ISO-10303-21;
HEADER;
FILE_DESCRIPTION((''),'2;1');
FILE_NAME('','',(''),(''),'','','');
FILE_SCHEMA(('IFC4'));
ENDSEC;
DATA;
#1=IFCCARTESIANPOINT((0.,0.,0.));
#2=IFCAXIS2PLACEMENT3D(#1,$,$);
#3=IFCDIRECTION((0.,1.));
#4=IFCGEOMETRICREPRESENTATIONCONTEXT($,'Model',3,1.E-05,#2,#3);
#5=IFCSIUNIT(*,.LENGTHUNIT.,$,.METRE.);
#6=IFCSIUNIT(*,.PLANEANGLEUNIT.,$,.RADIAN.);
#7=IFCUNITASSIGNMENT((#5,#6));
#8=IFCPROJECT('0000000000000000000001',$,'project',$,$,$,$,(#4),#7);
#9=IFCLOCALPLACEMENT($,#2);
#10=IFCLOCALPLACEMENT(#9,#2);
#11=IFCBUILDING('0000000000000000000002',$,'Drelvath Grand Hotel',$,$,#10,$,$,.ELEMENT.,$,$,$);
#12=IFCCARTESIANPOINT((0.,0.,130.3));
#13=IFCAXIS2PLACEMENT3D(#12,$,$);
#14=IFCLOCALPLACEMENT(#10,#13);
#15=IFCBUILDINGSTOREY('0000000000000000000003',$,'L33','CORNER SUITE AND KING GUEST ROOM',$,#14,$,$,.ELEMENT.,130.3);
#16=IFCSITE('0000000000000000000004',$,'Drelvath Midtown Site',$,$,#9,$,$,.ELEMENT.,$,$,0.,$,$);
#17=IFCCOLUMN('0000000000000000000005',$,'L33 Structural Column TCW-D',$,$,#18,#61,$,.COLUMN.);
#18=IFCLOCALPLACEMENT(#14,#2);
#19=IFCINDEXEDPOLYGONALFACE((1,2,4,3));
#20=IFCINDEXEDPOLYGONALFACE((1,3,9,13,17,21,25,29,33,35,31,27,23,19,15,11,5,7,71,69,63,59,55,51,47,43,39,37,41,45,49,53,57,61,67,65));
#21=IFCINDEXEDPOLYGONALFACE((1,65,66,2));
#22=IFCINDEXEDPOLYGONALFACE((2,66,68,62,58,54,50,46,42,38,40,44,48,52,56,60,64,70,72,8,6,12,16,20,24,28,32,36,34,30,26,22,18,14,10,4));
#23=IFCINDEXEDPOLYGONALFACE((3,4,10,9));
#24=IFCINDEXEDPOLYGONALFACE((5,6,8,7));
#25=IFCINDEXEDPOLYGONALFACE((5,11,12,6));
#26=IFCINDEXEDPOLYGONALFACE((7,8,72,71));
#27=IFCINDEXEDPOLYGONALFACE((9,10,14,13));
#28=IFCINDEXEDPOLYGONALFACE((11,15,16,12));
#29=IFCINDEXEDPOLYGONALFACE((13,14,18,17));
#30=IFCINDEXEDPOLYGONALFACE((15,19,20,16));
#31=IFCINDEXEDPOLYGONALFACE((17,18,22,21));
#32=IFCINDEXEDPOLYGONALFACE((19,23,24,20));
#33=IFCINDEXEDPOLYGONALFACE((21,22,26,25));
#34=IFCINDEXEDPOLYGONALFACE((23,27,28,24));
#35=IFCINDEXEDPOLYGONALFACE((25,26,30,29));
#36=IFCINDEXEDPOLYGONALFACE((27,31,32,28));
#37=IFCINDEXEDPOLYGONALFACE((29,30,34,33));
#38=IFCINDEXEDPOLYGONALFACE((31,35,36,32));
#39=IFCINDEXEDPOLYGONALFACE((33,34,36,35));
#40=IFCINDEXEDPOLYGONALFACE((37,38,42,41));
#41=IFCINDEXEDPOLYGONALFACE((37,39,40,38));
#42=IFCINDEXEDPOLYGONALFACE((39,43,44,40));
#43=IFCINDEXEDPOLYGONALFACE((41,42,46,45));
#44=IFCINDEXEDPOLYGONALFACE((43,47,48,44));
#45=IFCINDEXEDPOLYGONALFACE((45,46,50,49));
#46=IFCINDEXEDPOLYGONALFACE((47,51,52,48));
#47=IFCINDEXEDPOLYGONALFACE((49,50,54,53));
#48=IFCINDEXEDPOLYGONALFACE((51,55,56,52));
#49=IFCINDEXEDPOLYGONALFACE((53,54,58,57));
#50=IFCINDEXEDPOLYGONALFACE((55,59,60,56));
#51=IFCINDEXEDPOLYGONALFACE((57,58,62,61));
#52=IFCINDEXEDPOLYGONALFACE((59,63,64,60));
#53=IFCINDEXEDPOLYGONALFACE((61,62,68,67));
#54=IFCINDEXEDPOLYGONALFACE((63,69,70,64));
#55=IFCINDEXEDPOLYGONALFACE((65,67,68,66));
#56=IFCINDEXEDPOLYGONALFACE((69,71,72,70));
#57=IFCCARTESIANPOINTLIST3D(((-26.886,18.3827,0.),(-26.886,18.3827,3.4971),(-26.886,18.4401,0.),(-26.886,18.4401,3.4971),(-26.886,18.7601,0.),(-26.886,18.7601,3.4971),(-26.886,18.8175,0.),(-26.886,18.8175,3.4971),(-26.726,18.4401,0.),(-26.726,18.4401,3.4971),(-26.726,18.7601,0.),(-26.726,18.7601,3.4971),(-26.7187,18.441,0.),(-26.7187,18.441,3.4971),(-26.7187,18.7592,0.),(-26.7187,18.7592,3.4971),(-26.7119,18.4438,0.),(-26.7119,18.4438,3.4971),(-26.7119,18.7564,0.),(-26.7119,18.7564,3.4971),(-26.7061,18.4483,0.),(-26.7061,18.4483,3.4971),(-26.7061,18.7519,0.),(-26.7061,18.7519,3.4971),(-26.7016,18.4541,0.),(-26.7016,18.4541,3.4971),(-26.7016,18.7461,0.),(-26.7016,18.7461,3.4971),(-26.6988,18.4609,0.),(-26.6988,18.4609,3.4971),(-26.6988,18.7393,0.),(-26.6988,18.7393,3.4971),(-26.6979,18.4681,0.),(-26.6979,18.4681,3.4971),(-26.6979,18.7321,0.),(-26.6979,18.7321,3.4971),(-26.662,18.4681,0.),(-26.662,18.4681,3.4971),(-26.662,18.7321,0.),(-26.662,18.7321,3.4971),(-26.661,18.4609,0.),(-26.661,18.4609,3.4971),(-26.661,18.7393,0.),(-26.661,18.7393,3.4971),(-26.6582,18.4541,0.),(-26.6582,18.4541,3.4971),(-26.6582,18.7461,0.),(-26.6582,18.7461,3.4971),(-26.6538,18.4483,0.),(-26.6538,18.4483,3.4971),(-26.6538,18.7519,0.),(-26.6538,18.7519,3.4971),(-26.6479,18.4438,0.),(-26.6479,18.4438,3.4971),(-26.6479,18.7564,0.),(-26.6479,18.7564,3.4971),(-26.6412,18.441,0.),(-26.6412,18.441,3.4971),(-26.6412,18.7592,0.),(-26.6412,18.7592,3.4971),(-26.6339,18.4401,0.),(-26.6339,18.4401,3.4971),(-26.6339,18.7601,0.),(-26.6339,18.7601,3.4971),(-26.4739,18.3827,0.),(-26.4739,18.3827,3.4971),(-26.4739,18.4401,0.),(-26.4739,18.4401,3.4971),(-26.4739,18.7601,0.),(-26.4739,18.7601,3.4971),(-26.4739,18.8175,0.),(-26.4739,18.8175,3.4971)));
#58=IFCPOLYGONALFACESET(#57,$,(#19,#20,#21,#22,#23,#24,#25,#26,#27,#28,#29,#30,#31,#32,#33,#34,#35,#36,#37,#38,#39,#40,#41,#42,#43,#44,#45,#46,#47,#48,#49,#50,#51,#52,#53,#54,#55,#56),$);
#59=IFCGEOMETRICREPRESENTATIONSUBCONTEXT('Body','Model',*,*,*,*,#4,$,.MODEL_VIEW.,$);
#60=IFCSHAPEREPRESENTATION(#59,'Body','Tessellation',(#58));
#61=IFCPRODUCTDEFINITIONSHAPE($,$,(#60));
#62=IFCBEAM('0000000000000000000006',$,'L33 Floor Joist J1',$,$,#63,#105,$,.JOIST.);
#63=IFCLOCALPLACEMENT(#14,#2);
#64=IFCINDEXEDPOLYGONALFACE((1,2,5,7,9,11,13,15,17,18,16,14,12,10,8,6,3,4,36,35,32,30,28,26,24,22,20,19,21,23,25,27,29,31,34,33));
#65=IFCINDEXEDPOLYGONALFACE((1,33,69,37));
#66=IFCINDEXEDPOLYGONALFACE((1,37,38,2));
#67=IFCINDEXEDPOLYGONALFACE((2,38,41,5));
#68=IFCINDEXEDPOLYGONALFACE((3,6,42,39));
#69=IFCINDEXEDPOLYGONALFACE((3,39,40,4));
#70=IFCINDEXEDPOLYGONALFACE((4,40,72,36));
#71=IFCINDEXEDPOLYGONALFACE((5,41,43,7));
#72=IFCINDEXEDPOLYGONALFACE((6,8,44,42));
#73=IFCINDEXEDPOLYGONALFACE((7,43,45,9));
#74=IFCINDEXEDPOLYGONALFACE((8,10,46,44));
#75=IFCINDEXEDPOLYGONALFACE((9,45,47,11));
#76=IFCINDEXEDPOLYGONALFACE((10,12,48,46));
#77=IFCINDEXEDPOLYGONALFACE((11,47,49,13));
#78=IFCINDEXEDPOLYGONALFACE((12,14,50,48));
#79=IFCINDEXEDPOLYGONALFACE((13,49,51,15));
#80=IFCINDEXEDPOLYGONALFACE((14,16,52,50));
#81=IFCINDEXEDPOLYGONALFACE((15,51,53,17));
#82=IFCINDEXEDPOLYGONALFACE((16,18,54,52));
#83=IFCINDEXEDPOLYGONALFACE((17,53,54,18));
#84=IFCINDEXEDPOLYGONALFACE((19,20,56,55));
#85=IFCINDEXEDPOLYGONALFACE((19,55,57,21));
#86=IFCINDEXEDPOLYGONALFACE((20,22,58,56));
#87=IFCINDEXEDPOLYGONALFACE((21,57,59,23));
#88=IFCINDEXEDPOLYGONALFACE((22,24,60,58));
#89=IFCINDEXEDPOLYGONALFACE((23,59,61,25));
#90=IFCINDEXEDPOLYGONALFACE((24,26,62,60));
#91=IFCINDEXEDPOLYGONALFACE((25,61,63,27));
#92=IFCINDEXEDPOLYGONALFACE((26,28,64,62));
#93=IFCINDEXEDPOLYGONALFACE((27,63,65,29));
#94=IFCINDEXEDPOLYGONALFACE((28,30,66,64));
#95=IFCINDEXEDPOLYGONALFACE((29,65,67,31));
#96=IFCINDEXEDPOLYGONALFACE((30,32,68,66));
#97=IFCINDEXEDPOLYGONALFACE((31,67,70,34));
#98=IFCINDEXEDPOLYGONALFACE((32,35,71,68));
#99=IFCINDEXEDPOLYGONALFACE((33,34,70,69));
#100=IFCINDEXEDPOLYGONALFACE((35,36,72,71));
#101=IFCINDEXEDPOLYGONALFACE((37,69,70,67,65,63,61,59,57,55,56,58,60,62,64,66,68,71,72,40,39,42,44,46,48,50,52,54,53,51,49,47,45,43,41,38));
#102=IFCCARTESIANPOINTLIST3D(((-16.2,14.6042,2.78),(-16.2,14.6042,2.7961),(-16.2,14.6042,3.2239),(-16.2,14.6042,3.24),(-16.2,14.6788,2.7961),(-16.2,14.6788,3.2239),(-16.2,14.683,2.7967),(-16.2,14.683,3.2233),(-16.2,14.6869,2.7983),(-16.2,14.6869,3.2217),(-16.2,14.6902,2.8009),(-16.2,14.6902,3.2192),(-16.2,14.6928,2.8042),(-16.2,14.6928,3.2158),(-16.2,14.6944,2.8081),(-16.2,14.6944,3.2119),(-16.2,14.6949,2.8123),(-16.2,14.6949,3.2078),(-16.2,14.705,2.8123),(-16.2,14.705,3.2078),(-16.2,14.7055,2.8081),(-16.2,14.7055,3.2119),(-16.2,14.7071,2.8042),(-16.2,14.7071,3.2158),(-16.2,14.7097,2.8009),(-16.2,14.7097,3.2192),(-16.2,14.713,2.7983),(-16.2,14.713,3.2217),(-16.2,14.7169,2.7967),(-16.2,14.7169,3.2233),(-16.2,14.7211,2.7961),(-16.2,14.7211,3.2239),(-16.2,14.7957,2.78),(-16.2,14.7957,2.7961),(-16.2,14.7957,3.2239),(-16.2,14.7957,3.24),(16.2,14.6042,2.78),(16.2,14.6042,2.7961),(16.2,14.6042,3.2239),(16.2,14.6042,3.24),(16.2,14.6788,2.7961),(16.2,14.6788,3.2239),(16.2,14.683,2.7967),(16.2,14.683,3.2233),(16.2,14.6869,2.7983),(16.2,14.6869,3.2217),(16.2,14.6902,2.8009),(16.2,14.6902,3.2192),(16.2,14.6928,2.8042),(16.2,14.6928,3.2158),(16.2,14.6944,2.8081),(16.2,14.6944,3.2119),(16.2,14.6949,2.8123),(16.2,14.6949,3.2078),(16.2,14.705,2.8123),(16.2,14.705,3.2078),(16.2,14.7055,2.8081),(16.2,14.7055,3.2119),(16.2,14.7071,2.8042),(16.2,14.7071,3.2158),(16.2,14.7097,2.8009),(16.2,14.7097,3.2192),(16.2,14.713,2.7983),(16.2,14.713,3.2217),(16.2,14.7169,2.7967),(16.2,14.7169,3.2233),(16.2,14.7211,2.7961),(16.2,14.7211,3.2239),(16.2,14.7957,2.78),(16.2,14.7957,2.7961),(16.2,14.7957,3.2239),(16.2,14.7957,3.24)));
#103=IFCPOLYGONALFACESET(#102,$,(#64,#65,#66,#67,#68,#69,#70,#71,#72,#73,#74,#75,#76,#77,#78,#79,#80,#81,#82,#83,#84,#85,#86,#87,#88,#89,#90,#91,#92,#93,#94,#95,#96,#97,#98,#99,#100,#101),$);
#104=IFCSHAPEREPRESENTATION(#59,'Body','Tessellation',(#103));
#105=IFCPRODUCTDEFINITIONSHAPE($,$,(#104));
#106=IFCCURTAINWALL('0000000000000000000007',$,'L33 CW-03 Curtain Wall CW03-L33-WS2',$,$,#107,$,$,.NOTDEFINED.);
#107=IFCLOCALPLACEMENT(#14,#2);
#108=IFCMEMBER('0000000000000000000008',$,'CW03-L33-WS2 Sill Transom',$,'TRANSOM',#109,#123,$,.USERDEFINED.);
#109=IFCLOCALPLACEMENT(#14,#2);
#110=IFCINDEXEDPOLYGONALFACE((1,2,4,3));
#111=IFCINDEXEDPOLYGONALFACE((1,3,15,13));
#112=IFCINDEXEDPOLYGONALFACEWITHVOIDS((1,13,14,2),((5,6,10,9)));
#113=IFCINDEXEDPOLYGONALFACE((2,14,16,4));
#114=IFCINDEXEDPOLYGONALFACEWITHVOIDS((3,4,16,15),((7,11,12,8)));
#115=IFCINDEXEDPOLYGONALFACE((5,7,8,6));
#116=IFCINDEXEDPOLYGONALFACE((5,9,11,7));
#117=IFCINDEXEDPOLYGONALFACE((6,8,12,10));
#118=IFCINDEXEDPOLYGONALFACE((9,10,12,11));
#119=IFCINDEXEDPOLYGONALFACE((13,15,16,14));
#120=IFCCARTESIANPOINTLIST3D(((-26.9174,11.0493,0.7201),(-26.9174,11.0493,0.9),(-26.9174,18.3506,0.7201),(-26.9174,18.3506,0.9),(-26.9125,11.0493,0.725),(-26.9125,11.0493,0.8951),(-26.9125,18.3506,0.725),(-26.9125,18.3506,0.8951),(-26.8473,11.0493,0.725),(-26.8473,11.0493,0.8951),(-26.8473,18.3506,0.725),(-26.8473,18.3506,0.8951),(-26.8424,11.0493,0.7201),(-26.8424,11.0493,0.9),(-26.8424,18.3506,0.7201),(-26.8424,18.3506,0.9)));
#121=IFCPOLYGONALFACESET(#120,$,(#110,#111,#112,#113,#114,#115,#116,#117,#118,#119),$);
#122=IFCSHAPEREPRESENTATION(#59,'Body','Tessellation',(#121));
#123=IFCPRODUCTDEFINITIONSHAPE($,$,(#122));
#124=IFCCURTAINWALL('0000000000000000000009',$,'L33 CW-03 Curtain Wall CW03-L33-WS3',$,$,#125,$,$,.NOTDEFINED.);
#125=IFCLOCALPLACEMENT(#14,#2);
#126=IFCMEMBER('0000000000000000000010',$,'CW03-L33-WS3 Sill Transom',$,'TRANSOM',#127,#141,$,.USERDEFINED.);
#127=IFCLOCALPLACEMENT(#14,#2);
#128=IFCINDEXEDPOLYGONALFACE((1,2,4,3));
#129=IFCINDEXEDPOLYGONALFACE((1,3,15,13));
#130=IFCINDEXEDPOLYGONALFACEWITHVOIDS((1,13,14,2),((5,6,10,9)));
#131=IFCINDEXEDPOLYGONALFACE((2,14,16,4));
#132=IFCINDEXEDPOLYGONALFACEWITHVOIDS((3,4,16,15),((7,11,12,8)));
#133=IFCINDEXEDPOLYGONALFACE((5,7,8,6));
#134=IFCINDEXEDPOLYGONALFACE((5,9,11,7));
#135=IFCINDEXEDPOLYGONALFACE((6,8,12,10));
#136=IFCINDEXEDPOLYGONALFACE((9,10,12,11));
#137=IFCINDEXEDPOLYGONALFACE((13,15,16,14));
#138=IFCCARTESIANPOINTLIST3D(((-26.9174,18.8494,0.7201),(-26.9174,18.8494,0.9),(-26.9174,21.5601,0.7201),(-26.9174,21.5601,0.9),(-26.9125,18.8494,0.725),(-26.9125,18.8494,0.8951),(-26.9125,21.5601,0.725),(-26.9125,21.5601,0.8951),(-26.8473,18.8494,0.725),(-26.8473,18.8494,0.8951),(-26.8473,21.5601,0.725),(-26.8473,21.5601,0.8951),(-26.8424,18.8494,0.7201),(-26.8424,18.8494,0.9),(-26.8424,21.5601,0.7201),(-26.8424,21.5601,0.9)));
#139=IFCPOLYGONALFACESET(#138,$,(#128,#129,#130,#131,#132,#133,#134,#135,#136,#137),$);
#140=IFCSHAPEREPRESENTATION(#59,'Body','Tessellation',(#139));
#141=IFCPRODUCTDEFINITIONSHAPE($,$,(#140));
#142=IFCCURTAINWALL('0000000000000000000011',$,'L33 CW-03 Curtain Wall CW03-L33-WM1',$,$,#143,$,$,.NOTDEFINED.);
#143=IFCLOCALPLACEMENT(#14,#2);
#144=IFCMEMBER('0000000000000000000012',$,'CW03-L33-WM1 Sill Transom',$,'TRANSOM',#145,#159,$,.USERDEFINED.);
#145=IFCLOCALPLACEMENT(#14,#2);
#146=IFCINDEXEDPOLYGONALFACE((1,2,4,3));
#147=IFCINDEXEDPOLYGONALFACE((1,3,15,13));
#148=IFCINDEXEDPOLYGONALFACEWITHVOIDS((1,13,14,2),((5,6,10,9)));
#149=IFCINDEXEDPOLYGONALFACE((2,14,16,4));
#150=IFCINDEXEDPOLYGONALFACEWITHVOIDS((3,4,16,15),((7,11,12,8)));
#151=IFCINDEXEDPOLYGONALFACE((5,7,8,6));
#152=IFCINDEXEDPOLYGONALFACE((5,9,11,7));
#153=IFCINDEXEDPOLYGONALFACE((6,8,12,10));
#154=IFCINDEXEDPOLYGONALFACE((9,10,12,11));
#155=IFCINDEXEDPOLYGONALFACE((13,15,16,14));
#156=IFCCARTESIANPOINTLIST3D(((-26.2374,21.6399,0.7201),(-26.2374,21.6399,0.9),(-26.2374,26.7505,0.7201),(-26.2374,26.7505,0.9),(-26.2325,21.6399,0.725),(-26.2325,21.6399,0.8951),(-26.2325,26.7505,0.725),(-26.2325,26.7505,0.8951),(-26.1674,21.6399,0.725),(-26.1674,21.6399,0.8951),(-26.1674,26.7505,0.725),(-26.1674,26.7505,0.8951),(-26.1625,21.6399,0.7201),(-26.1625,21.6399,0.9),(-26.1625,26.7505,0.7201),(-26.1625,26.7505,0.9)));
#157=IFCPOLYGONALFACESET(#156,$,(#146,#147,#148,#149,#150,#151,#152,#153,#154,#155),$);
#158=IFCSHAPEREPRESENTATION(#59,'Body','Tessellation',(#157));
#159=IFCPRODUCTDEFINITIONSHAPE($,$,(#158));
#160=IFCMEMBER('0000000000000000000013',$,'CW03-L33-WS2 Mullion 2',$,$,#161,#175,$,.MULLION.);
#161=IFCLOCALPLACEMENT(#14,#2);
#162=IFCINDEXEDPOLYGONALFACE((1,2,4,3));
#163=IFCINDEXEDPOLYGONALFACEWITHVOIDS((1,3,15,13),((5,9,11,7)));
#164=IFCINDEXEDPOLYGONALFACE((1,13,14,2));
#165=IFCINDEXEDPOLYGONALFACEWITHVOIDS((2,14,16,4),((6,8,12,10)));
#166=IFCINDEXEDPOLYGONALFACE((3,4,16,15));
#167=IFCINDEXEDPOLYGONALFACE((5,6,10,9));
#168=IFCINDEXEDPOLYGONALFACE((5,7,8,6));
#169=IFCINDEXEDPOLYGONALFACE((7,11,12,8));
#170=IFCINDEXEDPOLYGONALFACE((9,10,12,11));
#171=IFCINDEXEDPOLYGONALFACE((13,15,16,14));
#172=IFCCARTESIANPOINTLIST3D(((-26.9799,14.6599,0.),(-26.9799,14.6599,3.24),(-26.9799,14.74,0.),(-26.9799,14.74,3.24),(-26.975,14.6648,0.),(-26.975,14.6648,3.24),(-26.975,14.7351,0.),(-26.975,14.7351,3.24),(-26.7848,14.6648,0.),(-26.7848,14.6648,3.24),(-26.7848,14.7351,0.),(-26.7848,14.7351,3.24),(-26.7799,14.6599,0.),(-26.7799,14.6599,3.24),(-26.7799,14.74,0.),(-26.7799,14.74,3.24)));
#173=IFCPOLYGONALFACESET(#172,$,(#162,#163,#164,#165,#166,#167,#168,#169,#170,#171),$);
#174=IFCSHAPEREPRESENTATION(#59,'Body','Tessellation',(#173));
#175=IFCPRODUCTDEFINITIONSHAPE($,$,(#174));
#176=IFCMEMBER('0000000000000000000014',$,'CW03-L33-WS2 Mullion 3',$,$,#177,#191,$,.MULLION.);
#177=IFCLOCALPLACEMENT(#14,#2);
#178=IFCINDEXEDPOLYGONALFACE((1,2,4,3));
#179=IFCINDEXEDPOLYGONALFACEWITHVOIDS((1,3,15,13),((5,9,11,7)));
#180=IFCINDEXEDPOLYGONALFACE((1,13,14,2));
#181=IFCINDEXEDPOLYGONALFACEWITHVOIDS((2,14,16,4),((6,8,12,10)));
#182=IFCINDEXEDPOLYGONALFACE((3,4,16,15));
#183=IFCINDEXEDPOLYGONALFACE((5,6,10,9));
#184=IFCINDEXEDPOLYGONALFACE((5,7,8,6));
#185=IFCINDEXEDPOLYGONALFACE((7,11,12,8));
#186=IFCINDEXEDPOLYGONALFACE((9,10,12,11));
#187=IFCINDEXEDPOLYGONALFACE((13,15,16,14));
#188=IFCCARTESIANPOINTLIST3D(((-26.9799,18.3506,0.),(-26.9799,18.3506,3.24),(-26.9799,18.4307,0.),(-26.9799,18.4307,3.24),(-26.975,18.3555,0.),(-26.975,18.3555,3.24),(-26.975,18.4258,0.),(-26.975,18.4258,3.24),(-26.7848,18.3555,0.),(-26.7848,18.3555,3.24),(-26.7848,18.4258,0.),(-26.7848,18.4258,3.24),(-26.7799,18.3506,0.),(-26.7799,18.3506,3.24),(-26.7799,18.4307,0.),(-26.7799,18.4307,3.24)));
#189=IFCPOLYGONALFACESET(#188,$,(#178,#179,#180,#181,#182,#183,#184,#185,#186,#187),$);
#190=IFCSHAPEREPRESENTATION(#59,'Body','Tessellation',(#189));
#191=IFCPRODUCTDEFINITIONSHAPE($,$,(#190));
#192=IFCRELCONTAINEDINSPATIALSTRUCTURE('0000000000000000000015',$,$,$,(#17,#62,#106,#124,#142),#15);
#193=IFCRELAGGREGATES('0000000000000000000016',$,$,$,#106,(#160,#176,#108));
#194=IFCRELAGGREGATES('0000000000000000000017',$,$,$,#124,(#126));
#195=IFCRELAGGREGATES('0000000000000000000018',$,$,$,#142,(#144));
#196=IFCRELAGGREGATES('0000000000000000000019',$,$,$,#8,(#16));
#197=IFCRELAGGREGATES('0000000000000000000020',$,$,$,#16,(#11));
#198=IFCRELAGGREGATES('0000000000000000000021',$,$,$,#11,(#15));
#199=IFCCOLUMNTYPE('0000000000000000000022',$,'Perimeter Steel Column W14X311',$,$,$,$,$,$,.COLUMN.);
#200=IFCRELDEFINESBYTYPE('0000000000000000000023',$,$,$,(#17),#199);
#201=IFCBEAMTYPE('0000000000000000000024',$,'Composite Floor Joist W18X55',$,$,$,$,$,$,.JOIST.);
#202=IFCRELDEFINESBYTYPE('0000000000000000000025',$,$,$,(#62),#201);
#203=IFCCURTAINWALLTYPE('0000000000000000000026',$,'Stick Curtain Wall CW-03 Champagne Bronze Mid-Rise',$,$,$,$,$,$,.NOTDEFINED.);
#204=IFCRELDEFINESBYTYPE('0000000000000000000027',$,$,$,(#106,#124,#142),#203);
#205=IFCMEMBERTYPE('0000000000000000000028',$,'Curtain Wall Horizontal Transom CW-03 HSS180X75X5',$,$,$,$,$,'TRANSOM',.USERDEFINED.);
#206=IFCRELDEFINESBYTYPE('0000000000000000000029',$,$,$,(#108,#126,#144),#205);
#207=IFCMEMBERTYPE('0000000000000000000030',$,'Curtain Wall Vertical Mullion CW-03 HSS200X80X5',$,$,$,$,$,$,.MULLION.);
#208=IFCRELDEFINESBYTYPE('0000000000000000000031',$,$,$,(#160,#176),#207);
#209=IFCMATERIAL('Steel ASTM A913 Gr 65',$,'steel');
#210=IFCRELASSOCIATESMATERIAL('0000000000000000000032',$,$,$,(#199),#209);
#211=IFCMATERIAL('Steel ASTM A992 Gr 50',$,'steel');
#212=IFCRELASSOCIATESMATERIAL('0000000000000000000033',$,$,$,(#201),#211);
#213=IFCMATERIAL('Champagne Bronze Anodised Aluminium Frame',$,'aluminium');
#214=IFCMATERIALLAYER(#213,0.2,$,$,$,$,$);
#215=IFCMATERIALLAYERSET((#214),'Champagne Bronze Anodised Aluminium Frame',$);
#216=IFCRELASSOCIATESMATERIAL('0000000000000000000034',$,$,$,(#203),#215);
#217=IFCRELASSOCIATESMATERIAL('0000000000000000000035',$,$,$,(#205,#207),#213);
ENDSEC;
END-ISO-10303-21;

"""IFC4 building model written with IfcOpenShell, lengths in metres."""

from ifc_helpers import new_model, si_unit, direction, frame, origin, origin_2d, place, context, subcontext, project, spatial, hollow_rectangle, i_section, extrude, material, layer, layer_set, material_profile, profile_set, type_object, element, aggregate, save


model = new_model("IFC4")

# Units and contexts
model_context = context("Model", 3, precision=1e-05, world=origin(), true_north=direction((0.0, 1.0)))
body_context = subcontext(model_context, "Body", "Model", "MODEL_VIEW")
ifc_project = project(units=[si_unit("LENGTHUNIT", "METRE"), si_unit("PLANEANGLEUNIT", "RADIAN")], contexts=[model_context])

# Site, building, storey
site_placement = place(None, origin())
site = spatial("IfcSite", under=ifc_project, at=site_placement, Name="Drelvath Midtown Site", CompositionType="ELEMENT", RefElevation=0.0)
building_placement = place(site_placement, origin())
building = spatial("IfcBuilding", under=site, at=building_placement, Name="Drelvath Grand Hotel", CompositionType="ELEMENT")
storey_placement = place(building_placement, frame((0.0, 0.0, 130.3)))
storey = spatial("IfcBuildingStorey", under=building, at=storey_placement, Name="L33", Description="CORNER SUITE AND KING GUEST ROOM", CompositionType="ELEMENT", Elevation=130.3)

# Column
ifc_material_1 = material(Name="Steel ASTM A913 Gr 65", Category="steel")
ifc_material_profile_1 = material_profile(ifc_material_1, i_section(OverallWidth=0.4121, OverallDepth=0.4348, WebThickness=0.0359, FlangeThickness=0.0574, FilletRadius=0.0281, at=origin_2d()), Name="W14X311")
ifc_profile_set_1 = profile_set([ifc_material_profile_1], Name="Steel ASTM A913 Gr 65")
column_type = type_object("IfcColumnType", Name="Perimeter Steel Column W14X311", PredefinedType="COLUMN", material=ifc_profile_set_1)
column_placement = place(storey_placement, frame((-26.6799, 18.6001, 0.0), z_axis=(0.0, 0.0, 1.0), x_axis=(1.0, 0.0, 0.0)))
element("IfcColumn", 1, at=column_placement, inside=storey, type_object=column_type, Name="L33 Structural Column TCW-D", PredefinedType="COLUMN", context=body_context, shape_type="SweptSolid", body=[
    extrude(i_section(OverallWidth=0.4121, OverallDepth=0.4348, WebThickness=0.0359, FlangeThickness=0.0574, FilletRadius=0.0281, at=origin_2d()), origin(), (0.0, 0.0, 1.0), 3.4971),
])

# Beam
ifc_material_2 = material(Name="Steel ASTM A992 Gr 50", Category="steel")
ifc_material_profile_2 = material_profile(ifc_material_2, i_section(OverallWidth=0.1914, OverallDepth=0.46, WebThickness=0.01, FlangeThickness=0.0161, FilletRadius=0.0161, at=origin_2d()), Name="W18X55")
ifc_profile_set_2 = profile_set([ifc_material_profile_2], Name="Steel ASTM A992 Gr 50")
beam_type_1 = type_object("IfcBeamType", Name="Composite Floor Joist W18X55", PredefinedType="JOIST", material=ifc_profile_set_2)
beam_1_placement = place(storey_placement, frame((-16.2, 14.7, 3.01), z_axis=(1.0, 0.0, 0.0), x_axis=(0.0, 1.0, 0.0)))
element("IfcBeam", 2, at=beam_1_placement, inside=storey, type_object=beam_type_1, Name="L33 Floor Joist J1", PredefinedType="JOIST", context=body_context, shape_type="SweptSolid", body=[
    extrude(i_section(OverallWidth=0.1914, OverallDepth=0.46, WebThickness=0.01, FlangeThickness=0.0161, FilletRadius=0.0161, at=origin_2d()), origin(), (0.0, 0.0, 1.0), 32.3999),
])

# Curtain walls, members
ifc_material_3 = material(Name="Champagne Bronze Anodised Aluminium Frame", Category="aluminium")
ifc_layer_1 = layer(ifc_material_3, 0.2)
ifc_layer_set_1 = layer_set([ifc_layer_1], Name="Champagne Bronze Anodised Aluminium Frame")
curtain_wall_type = type_object("IfcCurtainWallType", Name="Stick Curtain Wall CW-03 Champagne Bronze Mid-Rise", PredefinedType="NOTDEFINED", material=ifc_layer_set_1)
curtain_wall_1_placement = place(storey_placement, origin())
curtain_wall_1 = element("IfcCurtainWall", 3, at=curtain_wall_1_placement, inside=storey, type_object=curtain_wall_type, Name="L33 CW-03 Curtain Wall CW03-L33-WS2", PredefinedType="NOTDEFINED")
ifc_material_profile_3 = material_profile(ifc_material_3, hollow_rectangle(XDim=0.075, YDim=0.1799, WallThickness=0.0049, at=origin_2d()), Name="HSS180X75X5")
ifc_profile_set_3 = profile_set([ifc_material_profile_3], Name="Champagne Bronze Anodised Aluminium Frame")
member_type_1 = type_object("IfcMemberType", Name="Curtain Wall Horizontal Transom CW-03 HSS180X75X5", ElementType="TRANSOM", PredefinedType="USERDEFINED", material=ifc_profile_set_3)
member_1_placement = place(storey_placement, frame((-26.8799, 11.0493, 0.8101), z_axis=(0.0, 1.0, 0.0), x_axis=(-1.0, 0.0, 0.0)))
member_1 = element("IfcMember", 4, at=member_1_placement, type_object=member_type_1, Name="CW03-L33-WS2 Sill Transom", ObjectType="TRANSOM", PredefinedType="USERDEFINED", context=body_context, shape_type="SweptSolid", body=[
    extrude(hollow_rectangle(XDim=0.075, YDim=0.1799, WallThickness=0.0049, at=origin_2d()), origin(), (0.0, 0.0, 1.0), 7.3013),
])
curtain_wall_2_placement = place(storey_placement, origin())
curtain_wall_2 = element("IfcCurtainWall", 5, at=curtain_wall_2_placement, inside=storey, type_object=curtain_wall_type, Name="L33 CW-03 Curtain Wall CW03-L33-WS3", PredefinedType="NOTDEFINED")
member_2_placement = place(storey_placement, frame((-26.8799, 18.8494, 0.8101), z_axis=(0.0, 1.0, 0.0), x_axis=(-1.0, 0.0, 0.0)))
member_2 = element("IfcMember", 6, at=member_2_placement, type_object=member_type_1, Name="CW03-L33-WS3 Sill Transom", ObjectType="TRANSOM", PredefinedType="USERDEFINED", context=body_context, shape_type="SweptSolid", body=[
    extrude(hollow_rectangle(XDim=0.075, YDim=0.1799, WallThickness=0.0049, at=origin_2d()), origin(), (0.0, 0.0, 1.0), 2.7107),
])
curtain_wall_3_placement = place(storey_placement, origin())
curtain_wall_3 = element("IfcCurtainWall", 7, at=curtain_wall_3_placement, inside=storey, type_object=curtain_wall_type, Name="L33 CW-03 Curtain Wall CW03-L33-WM1", PredefinedType="NOTDEFINED")
member_3_placement = place(storey_placement, frame((-26.2, 21.6399, 0.8101), z_axis=(0.0, 1.0, 0.0), x_axis=(-1.0, 0.0, 0.0)))
member_3 = element("IfcMember", 8, at=member_3_placement, type_object=member_type_1, Name="CW03-L33-WM1 Sill Transom", ObjectType="TRANSOM", PredefinedType="USERDEFINED", context=body_context, shape_type="SweptSolid", body=[
    extrude(hollow_rectangle(XDim=0.075, YDim=0.1799, WallThickness=0.0049, at=origin_2d()), origin(), (0.0, 0.0, 1.0), 5.1106),
])

# Members
ifc_material_profile_4 = material_profile(ifc_material_3, hollow_rectangle(XDim=0.0801, YDim=0.2, WallThickness=0.0049, at=origin_2d()), Name="HSS200X80X5")
ifc_profile_set_4 = profile_set([ifc_material_profile_4], Name="Champagne Bronze Anodised Aluminium Frame")
member_type_2 = type_object("IfcMemberType", Name="Curtain Wall Vertical Mullion CW-03 HSS200X80X5", PredefinedType="MULLION", material=ifc_profile_set_4)
member_4_placement = place(storey_placement, frame((-26.8799, 14.7, 0.0), z_axis=(0.0, 0.0, 1.0), x_axis=(0.0, 1.0, 0.0)))
member_4 = element("IfcMember", 9, at=member_4_placement, type_object=member_type_2, Name="CW03-L33-WS2 Mullion 2", PredefinedType="MULLION", context=body_context, shape_type="SweptSolid", body=[
    extrude(hollow_rectangle(XDim=0.0801, YDim=0.2, WallThickness=0.0049, at=origin_2d()), origin(), (0.0, 0.0, 1.0), 3.24),
])
member_5_placement = place(storey_placement, frame((-26.8799, 18.3906, 0.0), z_axis=(0.0, 0.0, 1.0), x_axis=(0.0, 1.0, 0.0)))
member_5 = element("IfcMember", 10, at=member_5_placement, type_object=member_type_2, Name="CW03-L33-WS2 Mullion 3", PredefinedType="MULLION", context=body_context, shape_type="SweptSolid", body=[
    extrude(hollow_rectangle(XDim=0.0801, YDim=0.2, WallThickness=0.0049, at=origin_2d()), origin(), (0.0, 0.0, 1.0), 3.24),
])

aggregate(curtain_wall_1, [member_4, member_5, member_1])
aggregate(curtain_wall_2, [member_2])
aggregate(curtain_wall_3, [member_3])

save(model, "model.ifc")
